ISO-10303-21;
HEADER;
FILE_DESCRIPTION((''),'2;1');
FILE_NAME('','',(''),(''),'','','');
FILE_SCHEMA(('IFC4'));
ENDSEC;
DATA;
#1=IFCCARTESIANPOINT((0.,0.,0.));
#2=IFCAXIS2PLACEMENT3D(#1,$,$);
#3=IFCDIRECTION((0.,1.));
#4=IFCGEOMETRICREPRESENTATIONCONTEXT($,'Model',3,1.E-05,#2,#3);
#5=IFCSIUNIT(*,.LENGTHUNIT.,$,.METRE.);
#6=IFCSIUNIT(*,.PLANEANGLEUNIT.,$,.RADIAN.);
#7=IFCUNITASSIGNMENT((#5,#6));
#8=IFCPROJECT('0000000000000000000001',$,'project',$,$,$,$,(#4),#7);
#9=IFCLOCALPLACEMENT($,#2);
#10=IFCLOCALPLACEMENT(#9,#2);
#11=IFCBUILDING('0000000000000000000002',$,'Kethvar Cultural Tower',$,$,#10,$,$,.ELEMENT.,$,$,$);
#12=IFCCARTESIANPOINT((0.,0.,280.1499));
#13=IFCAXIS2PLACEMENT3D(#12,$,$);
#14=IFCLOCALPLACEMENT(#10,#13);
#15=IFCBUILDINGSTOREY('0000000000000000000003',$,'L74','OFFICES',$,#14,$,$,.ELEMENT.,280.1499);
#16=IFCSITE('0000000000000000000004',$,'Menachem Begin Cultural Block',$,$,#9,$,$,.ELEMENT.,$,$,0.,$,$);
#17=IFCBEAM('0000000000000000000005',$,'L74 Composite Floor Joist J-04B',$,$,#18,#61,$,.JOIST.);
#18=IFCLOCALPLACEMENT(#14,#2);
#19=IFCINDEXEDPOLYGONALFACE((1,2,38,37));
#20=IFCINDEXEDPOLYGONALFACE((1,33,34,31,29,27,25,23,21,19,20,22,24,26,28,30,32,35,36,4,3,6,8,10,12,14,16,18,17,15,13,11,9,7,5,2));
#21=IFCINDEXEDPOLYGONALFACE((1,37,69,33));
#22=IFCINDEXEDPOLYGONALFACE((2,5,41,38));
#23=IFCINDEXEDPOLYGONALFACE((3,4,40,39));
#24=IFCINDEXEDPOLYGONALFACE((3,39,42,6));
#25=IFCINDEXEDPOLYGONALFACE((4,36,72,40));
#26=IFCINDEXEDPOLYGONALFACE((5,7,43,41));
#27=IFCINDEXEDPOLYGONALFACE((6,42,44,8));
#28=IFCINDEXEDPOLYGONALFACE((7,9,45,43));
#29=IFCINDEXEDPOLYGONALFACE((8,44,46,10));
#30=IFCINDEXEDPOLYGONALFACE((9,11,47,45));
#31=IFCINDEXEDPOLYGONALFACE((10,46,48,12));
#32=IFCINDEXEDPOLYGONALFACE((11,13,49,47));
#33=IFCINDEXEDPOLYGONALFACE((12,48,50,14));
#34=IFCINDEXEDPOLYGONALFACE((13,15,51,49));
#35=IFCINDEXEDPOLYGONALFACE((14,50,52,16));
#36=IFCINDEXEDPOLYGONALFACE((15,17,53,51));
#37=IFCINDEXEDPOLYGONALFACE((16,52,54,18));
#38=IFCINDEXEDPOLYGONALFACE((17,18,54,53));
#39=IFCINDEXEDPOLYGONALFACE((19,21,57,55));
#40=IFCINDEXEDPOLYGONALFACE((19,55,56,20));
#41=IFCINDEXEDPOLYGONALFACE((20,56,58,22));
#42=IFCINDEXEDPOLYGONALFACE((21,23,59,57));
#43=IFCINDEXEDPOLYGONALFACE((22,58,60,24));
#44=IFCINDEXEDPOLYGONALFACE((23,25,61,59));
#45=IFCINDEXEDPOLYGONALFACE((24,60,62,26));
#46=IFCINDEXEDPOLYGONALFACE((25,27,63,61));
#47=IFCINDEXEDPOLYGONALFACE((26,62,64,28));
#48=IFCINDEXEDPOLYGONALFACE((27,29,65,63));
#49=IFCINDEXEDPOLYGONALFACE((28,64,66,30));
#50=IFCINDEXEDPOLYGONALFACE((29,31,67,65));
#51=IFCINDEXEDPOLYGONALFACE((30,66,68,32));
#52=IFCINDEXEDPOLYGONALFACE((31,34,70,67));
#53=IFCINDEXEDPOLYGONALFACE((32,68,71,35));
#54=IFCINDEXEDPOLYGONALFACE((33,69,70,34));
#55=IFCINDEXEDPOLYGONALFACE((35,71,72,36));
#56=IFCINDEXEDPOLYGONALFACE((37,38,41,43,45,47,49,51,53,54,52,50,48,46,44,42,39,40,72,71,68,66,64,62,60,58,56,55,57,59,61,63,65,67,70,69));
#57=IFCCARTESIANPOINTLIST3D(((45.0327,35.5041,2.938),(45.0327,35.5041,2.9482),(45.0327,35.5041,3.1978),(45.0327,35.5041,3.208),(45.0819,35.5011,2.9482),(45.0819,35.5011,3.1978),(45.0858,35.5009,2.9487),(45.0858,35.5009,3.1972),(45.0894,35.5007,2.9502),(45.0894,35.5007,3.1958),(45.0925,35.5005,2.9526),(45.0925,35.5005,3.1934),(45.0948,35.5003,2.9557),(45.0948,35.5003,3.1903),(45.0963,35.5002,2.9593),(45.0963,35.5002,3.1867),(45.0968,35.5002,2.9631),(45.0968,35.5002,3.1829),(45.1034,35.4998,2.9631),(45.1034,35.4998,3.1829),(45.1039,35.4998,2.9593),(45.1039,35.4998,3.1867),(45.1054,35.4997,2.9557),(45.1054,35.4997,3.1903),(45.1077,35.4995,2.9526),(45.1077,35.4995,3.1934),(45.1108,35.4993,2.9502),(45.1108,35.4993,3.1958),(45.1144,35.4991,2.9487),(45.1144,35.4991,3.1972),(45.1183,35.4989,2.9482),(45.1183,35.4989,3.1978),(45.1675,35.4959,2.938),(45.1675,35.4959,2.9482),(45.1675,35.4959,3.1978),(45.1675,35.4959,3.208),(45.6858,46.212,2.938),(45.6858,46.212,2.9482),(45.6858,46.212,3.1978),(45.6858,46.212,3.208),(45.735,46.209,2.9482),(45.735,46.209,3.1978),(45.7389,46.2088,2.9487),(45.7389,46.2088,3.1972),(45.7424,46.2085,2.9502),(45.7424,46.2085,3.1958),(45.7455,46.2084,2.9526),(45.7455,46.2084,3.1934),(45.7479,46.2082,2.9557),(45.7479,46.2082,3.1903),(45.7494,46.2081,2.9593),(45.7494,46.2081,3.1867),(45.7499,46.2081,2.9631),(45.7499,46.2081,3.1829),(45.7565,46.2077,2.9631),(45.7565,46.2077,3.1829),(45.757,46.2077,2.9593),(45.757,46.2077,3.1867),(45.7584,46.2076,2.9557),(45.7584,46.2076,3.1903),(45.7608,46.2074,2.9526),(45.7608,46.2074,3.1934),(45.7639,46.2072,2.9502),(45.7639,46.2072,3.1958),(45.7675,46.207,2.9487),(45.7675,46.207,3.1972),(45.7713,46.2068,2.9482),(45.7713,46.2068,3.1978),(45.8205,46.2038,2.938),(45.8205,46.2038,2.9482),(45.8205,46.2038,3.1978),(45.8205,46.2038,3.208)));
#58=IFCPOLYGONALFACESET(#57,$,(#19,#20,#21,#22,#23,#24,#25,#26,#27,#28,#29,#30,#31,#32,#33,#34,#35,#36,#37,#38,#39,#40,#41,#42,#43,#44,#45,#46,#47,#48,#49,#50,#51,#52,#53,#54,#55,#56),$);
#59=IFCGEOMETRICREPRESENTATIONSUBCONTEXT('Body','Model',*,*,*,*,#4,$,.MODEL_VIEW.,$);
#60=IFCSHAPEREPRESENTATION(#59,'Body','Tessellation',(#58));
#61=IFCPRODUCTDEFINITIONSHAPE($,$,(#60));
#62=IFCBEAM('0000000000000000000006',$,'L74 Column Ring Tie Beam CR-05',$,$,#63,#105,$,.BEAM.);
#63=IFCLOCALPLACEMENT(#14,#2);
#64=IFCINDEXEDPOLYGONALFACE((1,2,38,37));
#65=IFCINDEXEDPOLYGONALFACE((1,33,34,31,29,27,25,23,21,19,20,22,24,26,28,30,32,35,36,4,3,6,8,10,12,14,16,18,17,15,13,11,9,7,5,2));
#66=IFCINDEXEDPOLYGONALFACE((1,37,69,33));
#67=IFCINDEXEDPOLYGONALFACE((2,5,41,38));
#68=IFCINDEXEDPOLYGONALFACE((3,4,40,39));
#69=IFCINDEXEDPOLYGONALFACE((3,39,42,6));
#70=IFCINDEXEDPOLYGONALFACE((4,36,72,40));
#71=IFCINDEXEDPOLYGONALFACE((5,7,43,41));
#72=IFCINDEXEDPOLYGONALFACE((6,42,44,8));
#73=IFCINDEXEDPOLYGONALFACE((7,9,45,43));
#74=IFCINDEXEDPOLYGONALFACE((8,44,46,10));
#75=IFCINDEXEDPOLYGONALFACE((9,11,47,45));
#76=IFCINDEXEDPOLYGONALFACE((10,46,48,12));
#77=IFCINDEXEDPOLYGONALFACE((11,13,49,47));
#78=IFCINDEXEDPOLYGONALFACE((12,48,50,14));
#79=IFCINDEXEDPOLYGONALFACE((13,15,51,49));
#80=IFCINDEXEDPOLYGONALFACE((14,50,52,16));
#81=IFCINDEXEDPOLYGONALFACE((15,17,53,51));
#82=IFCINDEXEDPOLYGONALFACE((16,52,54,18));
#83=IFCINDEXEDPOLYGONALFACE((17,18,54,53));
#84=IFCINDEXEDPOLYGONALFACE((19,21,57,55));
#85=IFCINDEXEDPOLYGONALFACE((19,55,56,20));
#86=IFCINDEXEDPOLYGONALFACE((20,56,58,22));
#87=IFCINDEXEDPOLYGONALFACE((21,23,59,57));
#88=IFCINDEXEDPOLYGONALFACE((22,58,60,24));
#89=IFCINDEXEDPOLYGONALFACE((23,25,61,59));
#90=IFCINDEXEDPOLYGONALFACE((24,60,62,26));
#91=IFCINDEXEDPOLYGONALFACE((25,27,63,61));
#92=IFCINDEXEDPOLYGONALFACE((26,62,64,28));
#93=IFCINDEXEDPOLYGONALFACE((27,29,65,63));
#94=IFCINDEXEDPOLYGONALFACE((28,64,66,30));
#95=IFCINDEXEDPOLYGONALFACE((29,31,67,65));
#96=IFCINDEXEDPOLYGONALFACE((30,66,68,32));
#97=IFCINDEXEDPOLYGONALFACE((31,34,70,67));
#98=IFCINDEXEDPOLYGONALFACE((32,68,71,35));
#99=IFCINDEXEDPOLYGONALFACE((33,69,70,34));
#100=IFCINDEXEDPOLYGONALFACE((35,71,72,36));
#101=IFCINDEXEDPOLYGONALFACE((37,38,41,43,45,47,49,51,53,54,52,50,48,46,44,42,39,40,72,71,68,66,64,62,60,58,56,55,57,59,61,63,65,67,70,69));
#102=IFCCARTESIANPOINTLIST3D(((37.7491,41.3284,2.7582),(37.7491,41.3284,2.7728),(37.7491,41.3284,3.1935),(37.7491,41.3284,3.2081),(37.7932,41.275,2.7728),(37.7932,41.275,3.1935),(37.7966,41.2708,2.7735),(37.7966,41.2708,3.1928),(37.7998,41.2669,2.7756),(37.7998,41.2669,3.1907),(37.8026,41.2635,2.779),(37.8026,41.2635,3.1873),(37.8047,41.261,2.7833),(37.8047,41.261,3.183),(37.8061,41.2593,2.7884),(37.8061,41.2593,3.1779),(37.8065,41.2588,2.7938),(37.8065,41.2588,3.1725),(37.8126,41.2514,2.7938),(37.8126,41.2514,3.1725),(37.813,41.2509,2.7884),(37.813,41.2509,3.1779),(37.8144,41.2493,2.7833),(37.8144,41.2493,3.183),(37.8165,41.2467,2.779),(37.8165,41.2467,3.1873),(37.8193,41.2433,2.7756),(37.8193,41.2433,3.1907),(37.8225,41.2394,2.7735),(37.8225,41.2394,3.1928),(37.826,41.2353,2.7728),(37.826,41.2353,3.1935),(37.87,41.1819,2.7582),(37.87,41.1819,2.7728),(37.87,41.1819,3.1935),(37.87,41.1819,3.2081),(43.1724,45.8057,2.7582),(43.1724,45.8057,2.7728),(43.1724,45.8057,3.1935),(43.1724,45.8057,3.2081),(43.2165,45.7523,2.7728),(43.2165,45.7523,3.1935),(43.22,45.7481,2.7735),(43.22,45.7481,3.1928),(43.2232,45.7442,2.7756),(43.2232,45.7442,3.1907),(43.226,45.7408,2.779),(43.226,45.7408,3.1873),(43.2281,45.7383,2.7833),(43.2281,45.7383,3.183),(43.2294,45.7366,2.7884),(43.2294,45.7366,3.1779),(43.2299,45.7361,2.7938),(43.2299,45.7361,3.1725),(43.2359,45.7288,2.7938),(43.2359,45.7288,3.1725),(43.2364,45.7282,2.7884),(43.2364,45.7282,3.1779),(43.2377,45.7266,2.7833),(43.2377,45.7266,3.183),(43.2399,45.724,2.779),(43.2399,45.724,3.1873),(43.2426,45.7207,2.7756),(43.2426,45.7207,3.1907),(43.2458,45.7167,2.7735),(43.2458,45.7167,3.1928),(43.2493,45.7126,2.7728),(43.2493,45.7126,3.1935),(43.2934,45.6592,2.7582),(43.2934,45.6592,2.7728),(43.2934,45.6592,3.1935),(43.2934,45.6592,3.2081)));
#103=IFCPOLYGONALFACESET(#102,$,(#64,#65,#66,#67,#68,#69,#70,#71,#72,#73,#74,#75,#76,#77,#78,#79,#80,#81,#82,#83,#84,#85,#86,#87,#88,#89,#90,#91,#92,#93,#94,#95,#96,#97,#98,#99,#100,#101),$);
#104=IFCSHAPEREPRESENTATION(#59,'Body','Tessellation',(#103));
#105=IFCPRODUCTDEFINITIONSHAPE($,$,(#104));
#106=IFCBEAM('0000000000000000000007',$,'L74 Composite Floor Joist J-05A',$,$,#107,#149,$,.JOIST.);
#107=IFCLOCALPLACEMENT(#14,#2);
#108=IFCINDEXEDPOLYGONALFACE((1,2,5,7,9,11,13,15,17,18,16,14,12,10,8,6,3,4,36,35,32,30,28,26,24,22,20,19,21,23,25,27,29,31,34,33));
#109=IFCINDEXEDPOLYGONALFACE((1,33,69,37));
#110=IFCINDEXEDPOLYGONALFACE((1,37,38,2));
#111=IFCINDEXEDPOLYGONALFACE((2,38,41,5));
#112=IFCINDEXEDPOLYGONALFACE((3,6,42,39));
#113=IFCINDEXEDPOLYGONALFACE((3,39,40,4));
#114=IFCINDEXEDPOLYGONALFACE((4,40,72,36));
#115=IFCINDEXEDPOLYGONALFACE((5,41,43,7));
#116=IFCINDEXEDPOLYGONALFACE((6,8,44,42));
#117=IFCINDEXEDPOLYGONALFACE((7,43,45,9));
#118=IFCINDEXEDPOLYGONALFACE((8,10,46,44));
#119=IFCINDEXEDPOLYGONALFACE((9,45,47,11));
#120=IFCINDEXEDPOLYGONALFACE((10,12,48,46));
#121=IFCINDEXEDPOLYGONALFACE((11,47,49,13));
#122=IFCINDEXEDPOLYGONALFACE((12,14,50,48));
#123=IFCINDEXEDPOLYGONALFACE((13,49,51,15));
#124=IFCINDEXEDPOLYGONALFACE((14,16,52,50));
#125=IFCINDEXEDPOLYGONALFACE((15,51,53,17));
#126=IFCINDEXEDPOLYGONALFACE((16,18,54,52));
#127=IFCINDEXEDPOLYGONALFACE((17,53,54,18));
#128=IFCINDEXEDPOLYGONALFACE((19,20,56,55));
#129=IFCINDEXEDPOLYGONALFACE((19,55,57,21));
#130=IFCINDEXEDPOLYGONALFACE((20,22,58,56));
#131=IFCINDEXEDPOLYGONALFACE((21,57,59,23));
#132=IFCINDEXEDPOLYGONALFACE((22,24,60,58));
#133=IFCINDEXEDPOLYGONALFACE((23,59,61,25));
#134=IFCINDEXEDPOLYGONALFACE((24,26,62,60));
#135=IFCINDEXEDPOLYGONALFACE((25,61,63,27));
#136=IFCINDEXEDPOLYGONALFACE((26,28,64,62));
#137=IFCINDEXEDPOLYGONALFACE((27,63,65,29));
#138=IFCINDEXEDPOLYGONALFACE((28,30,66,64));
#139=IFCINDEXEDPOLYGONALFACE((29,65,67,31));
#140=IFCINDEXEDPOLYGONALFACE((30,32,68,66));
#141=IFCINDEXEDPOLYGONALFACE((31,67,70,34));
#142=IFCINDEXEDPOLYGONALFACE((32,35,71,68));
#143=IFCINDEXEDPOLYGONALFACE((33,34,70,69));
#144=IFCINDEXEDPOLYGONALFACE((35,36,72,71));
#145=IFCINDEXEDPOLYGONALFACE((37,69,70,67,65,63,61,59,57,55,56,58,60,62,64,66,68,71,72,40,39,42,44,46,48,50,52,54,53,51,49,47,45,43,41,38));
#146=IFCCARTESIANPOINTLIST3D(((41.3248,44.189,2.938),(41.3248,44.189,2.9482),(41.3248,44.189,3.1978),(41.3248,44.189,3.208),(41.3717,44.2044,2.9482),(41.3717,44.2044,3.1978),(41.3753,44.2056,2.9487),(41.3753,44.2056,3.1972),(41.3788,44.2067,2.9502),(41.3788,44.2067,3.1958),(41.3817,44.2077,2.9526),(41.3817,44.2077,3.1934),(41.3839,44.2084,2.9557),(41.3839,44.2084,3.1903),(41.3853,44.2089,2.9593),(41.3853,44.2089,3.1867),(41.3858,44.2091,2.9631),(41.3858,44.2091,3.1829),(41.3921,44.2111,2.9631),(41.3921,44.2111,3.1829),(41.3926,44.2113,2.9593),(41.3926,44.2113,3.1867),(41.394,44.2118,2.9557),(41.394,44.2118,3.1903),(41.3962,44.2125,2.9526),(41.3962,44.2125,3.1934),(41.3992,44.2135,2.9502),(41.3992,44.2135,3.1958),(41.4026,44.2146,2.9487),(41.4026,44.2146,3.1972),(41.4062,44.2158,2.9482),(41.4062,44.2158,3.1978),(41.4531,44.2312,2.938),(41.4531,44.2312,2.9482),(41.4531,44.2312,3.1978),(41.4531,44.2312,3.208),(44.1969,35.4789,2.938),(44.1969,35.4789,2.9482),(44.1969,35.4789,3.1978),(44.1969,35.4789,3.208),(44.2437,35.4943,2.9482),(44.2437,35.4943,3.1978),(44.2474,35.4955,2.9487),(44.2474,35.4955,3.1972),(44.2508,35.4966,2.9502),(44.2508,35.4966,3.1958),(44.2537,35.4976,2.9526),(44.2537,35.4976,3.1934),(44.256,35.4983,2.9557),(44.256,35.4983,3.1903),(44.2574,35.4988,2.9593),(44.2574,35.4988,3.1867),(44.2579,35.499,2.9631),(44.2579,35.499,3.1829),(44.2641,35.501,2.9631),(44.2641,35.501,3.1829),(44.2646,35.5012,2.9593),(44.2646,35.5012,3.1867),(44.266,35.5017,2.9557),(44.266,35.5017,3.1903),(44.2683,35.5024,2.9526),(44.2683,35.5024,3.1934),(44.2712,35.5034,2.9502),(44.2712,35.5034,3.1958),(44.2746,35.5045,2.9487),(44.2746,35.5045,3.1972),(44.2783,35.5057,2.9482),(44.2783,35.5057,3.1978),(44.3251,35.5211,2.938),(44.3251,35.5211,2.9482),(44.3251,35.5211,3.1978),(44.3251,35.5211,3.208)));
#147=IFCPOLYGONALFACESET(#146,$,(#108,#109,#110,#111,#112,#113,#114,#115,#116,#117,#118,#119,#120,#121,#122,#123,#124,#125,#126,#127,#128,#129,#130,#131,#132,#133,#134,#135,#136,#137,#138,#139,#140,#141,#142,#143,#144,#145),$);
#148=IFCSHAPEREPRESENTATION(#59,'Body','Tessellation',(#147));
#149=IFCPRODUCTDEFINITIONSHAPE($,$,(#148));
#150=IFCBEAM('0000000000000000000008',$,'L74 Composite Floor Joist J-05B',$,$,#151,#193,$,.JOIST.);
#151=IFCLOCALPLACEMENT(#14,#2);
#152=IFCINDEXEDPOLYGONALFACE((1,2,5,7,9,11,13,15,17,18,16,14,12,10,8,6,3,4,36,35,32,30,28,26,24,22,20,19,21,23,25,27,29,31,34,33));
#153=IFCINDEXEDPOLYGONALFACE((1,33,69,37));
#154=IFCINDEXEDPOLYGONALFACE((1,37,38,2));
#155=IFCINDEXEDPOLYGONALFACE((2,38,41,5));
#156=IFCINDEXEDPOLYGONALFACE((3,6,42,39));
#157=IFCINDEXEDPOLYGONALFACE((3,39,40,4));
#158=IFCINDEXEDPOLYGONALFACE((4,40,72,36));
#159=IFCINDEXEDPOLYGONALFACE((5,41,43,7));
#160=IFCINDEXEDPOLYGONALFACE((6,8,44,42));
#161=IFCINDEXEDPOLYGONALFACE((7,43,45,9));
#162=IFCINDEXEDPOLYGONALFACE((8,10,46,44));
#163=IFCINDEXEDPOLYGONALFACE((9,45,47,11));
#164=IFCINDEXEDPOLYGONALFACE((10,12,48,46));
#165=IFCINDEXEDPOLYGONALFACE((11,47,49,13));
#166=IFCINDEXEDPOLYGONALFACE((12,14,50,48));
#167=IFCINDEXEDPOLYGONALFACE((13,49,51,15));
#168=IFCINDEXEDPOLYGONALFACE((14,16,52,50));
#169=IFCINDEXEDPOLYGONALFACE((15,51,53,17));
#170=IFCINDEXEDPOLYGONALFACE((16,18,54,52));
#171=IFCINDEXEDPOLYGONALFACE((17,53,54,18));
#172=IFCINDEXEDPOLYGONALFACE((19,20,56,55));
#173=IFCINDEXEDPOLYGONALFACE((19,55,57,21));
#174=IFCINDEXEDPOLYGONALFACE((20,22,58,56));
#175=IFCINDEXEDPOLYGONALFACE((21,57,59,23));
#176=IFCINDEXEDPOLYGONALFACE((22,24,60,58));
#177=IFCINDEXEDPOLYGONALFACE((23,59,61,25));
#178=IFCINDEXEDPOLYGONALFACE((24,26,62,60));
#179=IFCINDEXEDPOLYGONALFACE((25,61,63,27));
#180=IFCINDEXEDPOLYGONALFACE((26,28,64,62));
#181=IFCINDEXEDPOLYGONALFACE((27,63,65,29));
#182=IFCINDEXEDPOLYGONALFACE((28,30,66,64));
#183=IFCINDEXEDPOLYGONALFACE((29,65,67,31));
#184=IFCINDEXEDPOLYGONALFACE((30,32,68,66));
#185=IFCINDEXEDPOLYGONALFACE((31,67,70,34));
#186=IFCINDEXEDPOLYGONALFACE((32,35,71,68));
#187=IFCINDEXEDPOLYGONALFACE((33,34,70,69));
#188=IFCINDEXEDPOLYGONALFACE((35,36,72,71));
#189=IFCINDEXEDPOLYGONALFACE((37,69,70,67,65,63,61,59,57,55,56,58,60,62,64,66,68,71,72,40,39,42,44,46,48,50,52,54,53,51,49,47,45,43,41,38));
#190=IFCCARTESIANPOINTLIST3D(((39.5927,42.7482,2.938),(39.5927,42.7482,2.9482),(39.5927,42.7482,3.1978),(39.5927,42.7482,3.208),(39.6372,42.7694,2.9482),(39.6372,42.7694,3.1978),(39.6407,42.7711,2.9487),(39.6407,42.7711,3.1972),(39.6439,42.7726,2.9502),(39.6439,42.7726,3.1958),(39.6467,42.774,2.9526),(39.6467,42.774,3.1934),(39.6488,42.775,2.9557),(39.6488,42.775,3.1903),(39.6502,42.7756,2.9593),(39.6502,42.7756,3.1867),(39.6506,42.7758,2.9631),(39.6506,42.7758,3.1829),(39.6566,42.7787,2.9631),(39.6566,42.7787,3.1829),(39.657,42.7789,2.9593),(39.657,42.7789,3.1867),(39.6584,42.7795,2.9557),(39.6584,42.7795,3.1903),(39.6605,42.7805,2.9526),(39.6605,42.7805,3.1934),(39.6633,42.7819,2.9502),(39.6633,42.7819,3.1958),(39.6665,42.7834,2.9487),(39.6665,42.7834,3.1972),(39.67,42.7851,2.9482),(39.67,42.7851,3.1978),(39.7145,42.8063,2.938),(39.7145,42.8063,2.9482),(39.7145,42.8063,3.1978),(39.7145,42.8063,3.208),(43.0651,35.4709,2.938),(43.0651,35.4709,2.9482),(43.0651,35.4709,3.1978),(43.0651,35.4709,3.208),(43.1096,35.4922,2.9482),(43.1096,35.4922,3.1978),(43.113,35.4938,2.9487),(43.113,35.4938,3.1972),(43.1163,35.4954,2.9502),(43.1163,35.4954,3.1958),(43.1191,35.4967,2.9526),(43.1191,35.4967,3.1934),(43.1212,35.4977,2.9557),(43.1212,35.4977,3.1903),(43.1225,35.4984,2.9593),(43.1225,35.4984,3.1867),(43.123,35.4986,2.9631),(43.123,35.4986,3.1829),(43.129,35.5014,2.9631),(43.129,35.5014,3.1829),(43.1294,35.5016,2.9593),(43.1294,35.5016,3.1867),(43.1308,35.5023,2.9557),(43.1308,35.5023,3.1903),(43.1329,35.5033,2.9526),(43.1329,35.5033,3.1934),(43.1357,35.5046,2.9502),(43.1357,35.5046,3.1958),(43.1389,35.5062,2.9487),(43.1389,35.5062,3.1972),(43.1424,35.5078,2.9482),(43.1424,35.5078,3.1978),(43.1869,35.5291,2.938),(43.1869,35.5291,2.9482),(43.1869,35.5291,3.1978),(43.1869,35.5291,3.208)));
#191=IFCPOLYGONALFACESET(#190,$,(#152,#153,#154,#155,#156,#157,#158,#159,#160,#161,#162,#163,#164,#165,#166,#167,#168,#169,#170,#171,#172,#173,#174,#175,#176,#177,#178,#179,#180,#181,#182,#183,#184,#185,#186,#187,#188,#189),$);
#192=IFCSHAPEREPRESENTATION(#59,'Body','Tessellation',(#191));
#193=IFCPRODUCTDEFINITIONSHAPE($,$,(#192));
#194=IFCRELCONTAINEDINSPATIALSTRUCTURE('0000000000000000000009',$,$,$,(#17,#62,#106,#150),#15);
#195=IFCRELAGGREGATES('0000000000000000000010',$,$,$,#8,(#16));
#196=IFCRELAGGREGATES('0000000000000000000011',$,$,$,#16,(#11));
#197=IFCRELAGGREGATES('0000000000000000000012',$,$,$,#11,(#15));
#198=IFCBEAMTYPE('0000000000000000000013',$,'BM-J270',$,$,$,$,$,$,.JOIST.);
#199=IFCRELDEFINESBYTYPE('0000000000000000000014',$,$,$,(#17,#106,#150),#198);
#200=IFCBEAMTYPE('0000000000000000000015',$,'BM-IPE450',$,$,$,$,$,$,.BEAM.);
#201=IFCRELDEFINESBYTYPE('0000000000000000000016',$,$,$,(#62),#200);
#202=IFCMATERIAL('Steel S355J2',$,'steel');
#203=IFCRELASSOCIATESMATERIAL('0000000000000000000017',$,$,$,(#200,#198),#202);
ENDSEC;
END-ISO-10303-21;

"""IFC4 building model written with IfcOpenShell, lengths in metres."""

from ifc_helpers import new_model, si_unit, direction, frame, origin, origin_2d, place, context, subcontext, project, spatial, i_section, extrude, source, transform, mapped, material, material_profile, profile_set, type_object, element, save


model = new_model("IFC4")

# Units and contexts
model_context = context("Model", 3, precision=1e-05, world=origin(), true_north=direction((0.0, 1.0)))
body_context = subcontext(model_context, "Body", "Model", "MODEL_VIEW")
ifc_project = project(units=[si_unit("LENGTHUNIT", "METRE"), si_unit("PLANEANGLEUNIT", "RADIAN")], contexts=[model_context])

# Site, building, storey
site_placement = place(None, origin())
site = spatial("IfcSite", under=ifc_project, at=site_placement, Name="Menachem Begin Cultural Block", CompositionType="ELEMENT", RefElevation=0.0)
building_placement = place(site_placement, origin())
building = spatial("IfcBuilding", under=site, at=building_placement, Name="Kethvar Cultural Tower", CompositionType="ELEMENT")
storey_placement = place(building_placement, frame((0.0, 0.0, 280.1499)))
storey = spatial("IfcBuildingStorey", under=building, at=storey_placement, Name="L74", Description="OFFICES", CompositionType="ELEMENT", Elevation=280.1499)

# Shared definitions
ifc_material_1 = material(Name="Steel S355J2", Category="steel")

# Beams
ifc_material_profile_1 = material_profile(ifc_material_1, i_section(OverallWidth=0.1899, OverallDepth=0.45, WebThickness=0.0095, FlangeThickness=0.0146, FilletRadius=0.021, at=origin_2d()), Name="Steel S355J2 — IPE450")
ifc_profile_set_1 = profile_set([ifc_material_profile_1], Name="Steel S355J2 — IPE450")
beam_type_1 = type_object("IfcBeamType", Name="BM-IPE450", PredefinedType="BEAM", material=ifc_profile_set_1)
ifc_material_profile_2 = material_profile(ifc_material_1, i_section(OverallWidth=0.135, OverallDepth=0.27, WebThickness=0.0066, FlangeThickness=0.0103, FilletRadius=0.0149, at=origin_2d()), Name="Steel S355J2 — IPE270")
ifc_profile_set_2 = profile_set([ifc_material_profile_2], Name="Steel S355J2 — IPE270")
beam_type_2 = type_object("IfcBeamType", Name="BM-J270", PredefinedType="JOIST", material=ifc_profile_set_2)
shared_shape_1 = source(origin(), body_context, "Body", "SweptSolid", [
    extrude(i_section(OverallWidth=0.135, OverallDepth=0.27, WebThickness=0.0066, FlangeThickness=0.0103, FilletRadius=0.0149, at=origin_2d()), origin(), (0.0, 0.0, 1.0), 10.7278),
])
beam_1_placement = place(storey_placement, frame((45.1001, 35.5, 3.073), z_axis=(0.060876, 0.998145, 0.0), x_axis=(-0.998145, 0.060876, 0.0)))
element("IfcBeam", 1, at=beam_1_placement, inside=storey, type_object=beam_type_2, Name="L74 Composite Floor Joist J-04B", PredefinedType="JOIST", context=body_context, shape_type="MappedRepresentation", body=[
    mapped(shared_shape_1, transform((0.0, 0.0, 0.0), scale=1.0)),
])
shared_shape_2 = source(origin(), body_context, "Body", "SweptSolid", [
    extrude(i_section(OverallWidth=0.1899, OverallDepth=0.45, WebThickness=0.0095, FlangeThickness=0.0146, FilletRadius=0.021, at=origin_2d()), origin(), (0.0, 0.0, 1.0), 7.0327),
])
beam_2_placement = place(storey_placement, frame((43.2329, 45.7324, 2.9832), z_axis=(-0.771161, -0.63664, 0.0), x_axis=(0.63664, -0.771161, 0.0)))
element("IfcBeam", 2, at=beam_2_placement, inside=storey, type_object=beam_type_1, Name="L74 Column Ring Tie Beam CR-05", PredefinedType="BEAM", context=body_context, shape_type="MappedRepresentation", body=[
    mapped(shared_shape_2, transform((0.0, 0.0, 0.0), scale=1.0)),
])
shared_shape_3 = source(origin(), body_context, "Body", "SweptSolid", [
    extrude(i_section(OverallWidth=0.135, OverallDepth=0.27, WebThickness=0.0066, FlangeThickness=0.0103, FilletRadius=0.0149, at=origin_2d()), origin(), (0.0, 0.0, 1.0), 9.1714),
])
beam_3_placement = place(storey_placement, frame((44.261, 35.5, 3.073), z_axis=(-0.313152, 0.949703, 0.0), x_axis=(-0.949703, -0.313152, 0.0)))
element("IfcBeam", 3, at=beam_3_placement, inside=storey, type_object=beam_type_2, Name="L74 Composite Floor Joist J-05A", PredefinedType="JOIST", context=body_context, shape_type="MappedRepresentation", body=[
    mapped(shared_shape_3, transform((0.0, 0.0, 0.0), scale=1.0)),
])
shared_shape_4 = source(origin(), body_context, "Body", "SweptSolid", [
    extrude(i_section(OverallWidth=0.135, OverallDepth=0.27, WebThickness=0.0066, FlangeThickness=0.0103, FilletRadius=0.0149, at=origin_2d()), origin(), (0.0, 0.0, 1.0), 8.0632),
])
beam_4_placement = place(storey_placement, frame((43.126, 35.5, 3.073), z_axis=(-0.430642, 0.902523, 0.0), x_axis=(-0.902523, -0.430642, 0.0)))
element("IfcBeam", 4, at=beam_4_placement, inside=storey, type_object=beam_type_2, Name="L74 Composite Floor Joist J-05B", PredefinedType="JOIST", context=body_context, shape_type="MappedRepresentation", body=[
    mapped(shared_shape_4, transform((0.0, 0.0, 0.0), scale=1.0)),
])

save(model, "model.ifc")
